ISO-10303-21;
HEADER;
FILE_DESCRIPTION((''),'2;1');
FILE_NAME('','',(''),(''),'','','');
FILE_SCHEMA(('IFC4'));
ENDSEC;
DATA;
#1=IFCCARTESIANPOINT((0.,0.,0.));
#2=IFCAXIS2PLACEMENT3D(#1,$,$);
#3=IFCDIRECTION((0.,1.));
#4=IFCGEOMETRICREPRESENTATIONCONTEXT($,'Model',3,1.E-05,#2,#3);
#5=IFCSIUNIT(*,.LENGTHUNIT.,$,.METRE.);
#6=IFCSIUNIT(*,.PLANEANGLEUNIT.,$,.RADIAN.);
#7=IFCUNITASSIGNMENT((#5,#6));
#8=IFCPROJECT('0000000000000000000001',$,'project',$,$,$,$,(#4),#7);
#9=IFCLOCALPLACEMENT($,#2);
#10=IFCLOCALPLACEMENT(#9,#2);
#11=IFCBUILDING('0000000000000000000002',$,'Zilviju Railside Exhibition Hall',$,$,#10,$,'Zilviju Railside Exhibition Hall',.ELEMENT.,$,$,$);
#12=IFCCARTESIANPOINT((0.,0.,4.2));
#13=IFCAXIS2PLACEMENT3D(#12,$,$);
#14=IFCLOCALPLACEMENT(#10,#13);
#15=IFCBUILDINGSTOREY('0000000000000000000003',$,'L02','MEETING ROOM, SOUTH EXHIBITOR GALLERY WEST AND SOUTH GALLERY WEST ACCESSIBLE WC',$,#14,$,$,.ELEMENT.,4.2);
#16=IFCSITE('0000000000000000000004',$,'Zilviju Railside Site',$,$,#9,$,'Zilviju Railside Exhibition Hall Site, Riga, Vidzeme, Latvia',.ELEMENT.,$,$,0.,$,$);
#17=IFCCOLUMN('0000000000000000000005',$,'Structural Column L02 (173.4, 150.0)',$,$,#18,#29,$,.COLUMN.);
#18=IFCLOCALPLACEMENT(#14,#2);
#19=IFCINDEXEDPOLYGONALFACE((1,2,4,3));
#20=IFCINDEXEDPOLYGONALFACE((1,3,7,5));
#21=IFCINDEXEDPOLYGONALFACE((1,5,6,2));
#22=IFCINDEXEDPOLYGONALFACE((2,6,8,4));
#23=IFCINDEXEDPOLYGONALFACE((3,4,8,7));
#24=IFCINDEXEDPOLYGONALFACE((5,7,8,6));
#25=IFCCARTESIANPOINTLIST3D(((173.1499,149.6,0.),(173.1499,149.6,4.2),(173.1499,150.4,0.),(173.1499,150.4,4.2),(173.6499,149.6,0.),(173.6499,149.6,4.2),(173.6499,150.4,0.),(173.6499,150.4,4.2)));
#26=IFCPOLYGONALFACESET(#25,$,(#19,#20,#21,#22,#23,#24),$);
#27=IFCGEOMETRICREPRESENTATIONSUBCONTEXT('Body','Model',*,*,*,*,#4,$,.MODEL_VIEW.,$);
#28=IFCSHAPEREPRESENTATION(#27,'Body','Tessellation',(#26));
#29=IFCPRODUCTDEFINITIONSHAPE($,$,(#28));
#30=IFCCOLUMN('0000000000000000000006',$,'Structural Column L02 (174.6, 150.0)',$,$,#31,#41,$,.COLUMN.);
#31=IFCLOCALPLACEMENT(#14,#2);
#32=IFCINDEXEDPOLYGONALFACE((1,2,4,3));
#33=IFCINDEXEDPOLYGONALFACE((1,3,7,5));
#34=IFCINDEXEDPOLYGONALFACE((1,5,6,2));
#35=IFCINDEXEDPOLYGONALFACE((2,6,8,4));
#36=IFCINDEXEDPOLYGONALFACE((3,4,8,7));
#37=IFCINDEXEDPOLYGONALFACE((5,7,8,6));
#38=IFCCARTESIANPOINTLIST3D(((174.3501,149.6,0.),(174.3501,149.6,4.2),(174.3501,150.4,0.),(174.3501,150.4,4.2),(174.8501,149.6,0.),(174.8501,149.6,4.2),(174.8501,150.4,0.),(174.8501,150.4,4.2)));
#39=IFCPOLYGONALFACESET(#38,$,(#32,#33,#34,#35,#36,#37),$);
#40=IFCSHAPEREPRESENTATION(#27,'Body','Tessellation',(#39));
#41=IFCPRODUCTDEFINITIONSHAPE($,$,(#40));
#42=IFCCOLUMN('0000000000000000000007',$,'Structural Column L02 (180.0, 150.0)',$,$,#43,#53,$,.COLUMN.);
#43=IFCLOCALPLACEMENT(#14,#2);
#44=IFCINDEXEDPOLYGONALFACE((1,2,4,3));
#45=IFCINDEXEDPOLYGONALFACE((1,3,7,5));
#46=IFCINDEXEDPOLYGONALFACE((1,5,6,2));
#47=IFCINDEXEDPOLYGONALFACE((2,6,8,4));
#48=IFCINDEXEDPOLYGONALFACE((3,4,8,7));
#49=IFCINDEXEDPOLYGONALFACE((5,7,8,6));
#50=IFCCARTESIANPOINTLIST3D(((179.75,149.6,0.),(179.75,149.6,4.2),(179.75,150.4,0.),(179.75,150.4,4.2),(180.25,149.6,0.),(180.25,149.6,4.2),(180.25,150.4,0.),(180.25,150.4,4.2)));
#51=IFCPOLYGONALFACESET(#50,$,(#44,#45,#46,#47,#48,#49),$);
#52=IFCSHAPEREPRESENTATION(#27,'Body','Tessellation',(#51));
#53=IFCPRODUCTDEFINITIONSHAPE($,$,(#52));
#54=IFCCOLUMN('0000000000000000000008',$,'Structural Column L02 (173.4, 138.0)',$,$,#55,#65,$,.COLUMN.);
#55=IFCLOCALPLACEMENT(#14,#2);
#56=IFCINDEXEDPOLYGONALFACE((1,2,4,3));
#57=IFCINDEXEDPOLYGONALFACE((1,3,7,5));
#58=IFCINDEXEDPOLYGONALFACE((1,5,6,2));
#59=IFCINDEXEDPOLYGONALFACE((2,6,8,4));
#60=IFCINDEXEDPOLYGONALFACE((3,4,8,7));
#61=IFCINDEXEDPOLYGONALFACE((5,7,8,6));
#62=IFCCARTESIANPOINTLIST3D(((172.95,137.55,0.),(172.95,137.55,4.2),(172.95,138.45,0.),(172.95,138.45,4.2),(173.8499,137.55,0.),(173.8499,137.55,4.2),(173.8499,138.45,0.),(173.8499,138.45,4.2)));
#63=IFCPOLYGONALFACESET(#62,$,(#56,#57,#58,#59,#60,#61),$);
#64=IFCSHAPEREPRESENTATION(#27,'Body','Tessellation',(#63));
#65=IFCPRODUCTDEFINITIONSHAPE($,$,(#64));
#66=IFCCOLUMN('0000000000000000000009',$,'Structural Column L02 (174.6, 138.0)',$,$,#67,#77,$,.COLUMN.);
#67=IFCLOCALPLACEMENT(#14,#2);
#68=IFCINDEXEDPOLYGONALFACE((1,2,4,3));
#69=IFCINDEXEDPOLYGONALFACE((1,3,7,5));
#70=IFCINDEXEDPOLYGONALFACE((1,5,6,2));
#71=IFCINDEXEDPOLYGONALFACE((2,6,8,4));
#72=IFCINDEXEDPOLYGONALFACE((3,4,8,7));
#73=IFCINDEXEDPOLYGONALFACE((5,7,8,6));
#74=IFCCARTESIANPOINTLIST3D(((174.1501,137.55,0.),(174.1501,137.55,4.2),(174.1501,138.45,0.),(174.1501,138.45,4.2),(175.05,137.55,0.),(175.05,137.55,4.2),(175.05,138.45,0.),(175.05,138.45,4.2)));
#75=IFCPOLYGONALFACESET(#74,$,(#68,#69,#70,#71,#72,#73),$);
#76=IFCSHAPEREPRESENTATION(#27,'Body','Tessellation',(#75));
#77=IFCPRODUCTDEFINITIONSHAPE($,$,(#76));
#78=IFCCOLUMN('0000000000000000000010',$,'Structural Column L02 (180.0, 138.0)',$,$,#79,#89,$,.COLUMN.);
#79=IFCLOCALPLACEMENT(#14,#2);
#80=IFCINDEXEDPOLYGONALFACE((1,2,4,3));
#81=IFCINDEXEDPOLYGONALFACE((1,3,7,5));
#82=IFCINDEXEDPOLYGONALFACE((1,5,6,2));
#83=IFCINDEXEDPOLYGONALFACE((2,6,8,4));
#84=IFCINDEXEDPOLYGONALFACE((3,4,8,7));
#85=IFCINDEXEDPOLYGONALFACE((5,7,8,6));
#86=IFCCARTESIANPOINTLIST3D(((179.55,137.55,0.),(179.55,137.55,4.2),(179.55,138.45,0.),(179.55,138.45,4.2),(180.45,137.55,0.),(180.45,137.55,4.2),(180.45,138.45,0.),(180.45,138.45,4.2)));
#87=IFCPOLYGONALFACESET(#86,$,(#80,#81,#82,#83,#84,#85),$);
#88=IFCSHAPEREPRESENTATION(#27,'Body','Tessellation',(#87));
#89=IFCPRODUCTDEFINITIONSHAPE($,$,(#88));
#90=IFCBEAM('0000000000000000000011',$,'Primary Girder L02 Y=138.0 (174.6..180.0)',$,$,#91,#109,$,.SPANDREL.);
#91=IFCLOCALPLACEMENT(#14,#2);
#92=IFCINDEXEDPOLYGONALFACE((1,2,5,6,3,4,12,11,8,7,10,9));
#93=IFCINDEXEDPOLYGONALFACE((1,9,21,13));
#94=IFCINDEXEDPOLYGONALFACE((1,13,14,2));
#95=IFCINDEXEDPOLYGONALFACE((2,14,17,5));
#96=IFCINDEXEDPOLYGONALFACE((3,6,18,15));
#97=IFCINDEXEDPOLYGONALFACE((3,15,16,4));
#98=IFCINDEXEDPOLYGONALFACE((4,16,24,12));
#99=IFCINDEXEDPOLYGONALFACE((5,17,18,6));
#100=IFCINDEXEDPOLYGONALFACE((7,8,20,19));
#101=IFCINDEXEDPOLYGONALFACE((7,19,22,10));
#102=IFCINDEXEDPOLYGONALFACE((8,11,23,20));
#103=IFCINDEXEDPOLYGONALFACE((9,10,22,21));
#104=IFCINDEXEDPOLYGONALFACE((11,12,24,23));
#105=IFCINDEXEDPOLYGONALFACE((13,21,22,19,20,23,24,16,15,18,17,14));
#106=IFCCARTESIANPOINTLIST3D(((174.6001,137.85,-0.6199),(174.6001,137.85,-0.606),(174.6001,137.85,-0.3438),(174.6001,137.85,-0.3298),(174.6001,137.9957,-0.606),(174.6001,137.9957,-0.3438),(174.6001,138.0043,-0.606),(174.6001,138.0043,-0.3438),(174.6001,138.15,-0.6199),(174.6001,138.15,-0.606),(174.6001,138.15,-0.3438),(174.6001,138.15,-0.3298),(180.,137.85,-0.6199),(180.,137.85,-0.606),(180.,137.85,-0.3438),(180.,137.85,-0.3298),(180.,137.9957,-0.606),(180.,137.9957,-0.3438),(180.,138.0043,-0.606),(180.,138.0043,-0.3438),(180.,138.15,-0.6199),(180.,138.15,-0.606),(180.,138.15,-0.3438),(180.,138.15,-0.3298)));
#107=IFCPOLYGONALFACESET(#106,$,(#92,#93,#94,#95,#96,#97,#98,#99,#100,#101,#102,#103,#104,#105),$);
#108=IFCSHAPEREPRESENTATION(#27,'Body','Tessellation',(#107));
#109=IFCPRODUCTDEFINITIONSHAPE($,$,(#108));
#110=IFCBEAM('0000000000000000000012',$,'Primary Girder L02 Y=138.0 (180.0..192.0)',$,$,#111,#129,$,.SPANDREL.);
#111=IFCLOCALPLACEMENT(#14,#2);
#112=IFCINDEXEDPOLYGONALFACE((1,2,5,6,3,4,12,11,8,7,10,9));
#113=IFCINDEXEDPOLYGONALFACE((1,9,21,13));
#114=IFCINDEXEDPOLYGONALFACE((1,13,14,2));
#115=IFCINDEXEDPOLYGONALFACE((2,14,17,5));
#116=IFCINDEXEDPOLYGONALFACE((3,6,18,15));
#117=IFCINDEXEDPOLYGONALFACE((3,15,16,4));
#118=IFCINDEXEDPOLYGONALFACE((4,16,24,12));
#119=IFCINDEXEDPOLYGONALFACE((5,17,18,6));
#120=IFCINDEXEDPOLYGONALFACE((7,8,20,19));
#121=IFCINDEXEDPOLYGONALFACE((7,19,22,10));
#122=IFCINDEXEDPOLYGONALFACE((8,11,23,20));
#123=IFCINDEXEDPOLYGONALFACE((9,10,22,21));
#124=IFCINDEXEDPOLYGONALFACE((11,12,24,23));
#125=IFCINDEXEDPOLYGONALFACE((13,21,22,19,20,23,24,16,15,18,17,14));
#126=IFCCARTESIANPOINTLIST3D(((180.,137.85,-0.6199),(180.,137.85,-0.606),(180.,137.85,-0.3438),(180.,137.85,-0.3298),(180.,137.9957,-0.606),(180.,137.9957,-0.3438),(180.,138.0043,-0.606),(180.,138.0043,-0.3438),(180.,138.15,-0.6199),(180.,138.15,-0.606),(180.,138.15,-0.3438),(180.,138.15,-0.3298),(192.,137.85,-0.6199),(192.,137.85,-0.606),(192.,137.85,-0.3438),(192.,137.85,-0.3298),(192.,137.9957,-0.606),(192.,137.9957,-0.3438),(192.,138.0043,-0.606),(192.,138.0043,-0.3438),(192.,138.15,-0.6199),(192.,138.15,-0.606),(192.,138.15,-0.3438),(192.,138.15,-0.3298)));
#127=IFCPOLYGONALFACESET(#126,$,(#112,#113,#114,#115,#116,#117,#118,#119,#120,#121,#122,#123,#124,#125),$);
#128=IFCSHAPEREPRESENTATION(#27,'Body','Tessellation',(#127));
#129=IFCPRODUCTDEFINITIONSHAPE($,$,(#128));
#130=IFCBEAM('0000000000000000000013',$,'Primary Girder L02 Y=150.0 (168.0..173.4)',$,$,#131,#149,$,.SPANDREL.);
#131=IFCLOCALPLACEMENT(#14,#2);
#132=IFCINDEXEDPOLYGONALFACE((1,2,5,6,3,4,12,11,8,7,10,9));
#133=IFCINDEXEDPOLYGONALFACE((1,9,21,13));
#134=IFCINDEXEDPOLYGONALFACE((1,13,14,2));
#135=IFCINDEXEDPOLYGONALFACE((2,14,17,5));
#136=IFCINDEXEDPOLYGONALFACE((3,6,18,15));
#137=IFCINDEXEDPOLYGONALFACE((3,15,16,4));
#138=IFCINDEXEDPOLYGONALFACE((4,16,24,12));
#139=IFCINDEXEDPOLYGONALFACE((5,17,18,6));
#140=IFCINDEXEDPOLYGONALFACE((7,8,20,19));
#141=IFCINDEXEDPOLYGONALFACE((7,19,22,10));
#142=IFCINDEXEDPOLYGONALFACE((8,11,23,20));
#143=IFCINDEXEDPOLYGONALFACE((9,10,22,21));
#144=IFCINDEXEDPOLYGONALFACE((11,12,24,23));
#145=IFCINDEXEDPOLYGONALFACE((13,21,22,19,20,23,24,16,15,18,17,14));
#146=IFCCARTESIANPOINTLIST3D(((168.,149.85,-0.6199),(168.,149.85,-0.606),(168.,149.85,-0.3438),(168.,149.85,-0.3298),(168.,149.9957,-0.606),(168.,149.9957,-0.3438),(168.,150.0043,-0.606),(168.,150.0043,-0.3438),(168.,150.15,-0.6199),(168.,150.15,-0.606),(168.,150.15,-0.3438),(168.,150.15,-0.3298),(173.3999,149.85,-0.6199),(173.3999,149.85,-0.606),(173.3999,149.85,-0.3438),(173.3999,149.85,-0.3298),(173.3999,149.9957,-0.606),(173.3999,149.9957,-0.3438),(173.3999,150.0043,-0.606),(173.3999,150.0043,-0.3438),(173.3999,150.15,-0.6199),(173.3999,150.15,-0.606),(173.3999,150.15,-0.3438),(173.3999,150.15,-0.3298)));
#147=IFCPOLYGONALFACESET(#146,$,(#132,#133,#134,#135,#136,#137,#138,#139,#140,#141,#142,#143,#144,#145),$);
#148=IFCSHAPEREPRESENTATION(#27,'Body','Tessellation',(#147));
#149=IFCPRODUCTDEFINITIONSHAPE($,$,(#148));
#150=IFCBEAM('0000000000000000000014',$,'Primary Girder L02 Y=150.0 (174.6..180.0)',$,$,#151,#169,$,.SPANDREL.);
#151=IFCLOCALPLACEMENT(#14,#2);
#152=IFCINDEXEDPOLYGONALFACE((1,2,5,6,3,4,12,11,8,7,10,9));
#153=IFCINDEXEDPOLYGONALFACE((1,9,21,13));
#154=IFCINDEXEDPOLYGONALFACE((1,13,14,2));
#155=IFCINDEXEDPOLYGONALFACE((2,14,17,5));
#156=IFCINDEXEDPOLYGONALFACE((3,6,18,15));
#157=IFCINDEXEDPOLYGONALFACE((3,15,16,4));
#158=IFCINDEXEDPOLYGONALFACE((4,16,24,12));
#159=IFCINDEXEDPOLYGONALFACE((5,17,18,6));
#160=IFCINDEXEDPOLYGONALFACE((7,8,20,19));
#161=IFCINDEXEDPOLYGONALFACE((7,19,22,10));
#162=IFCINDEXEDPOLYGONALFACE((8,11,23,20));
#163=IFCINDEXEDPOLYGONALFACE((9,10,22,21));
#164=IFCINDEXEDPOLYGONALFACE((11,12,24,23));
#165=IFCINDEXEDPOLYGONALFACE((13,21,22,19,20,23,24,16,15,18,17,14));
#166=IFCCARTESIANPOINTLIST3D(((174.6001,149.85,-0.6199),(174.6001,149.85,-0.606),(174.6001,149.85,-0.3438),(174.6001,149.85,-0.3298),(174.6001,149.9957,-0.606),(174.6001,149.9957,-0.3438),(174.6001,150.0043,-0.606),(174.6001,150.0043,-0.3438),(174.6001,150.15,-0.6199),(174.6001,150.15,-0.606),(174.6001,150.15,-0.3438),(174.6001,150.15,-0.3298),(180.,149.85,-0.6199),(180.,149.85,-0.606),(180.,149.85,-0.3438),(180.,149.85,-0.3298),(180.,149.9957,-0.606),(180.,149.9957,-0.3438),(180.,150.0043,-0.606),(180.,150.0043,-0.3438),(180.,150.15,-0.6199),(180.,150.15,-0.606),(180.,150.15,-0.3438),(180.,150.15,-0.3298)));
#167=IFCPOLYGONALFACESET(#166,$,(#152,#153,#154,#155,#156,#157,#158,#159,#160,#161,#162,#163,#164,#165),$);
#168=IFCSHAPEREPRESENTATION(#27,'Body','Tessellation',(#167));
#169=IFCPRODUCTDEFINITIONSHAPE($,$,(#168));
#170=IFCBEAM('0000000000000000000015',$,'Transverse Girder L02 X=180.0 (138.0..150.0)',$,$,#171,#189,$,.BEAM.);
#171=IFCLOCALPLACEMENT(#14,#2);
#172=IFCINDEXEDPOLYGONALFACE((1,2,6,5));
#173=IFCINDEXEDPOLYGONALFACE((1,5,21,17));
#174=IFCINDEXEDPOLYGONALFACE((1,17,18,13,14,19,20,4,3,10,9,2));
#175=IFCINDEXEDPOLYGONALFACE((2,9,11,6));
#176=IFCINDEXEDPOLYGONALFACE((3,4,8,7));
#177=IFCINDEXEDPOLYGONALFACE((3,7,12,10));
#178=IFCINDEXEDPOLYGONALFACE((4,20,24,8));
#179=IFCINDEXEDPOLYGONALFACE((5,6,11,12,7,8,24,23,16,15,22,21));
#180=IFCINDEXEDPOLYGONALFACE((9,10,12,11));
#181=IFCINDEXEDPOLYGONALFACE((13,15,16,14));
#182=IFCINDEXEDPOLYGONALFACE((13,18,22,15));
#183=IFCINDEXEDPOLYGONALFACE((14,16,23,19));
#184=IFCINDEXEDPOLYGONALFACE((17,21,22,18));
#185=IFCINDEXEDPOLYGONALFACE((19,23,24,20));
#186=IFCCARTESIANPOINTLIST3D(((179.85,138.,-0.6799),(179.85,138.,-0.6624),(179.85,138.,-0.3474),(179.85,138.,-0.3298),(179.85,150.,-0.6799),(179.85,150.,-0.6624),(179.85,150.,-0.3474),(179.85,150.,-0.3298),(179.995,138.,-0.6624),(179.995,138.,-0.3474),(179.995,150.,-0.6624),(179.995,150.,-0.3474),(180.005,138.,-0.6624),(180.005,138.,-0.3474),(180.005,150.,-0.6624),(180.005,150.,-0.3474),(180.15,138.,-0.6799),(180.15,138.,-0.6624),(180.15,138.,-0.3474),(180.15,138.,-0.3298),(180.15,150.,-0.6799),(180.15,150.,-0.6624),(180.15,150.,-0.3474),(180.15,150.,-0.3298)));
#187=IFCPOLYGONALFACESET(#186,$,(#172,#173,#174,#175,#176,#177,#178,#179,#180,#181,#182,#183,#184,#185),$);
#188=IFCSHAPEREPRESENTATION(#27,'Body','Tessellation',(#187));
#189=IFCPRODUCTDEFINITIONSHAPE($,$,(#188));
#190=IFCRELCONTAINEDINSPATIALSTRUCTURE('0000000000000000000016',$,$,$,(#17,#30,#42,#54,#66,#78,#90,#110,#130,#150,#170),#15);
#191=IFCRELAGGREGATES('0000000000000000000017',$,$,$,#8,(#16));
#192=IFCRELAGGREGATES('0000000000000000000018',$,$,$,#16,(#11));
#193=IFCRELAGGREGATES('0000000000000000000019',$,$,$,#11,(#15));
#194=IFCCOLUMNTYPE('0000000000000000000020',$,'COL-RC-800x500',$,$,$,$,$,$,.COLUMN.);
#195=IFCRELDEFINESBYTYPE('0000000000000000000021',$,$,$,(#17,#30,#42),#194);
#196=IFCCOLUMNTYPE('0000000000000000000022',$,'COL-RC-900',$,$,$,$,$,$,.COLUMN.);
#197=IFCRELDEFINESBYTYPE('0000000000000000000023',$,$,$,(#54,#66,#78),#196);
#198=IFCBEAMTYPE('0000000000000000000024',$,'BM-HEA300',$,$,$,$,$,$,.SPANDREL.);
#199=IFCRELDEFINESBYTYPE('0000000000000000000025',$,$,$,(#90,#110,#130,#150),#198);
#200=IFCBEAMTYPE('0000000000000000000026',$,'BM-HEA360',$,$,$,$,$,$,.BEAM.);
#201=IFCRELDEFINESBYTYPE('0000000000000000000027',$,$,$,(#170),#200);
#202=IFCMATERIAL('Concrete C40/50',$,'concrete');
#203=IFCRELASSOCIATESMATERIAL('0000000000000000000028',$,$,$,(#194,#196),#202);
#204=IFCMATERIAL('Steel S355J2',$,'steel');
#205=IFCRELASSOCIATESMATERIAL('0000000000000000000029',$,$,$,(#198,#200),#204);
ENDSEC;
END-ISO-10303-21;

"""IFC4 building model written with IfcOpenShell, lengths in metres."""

from ifc_helpers import new_model, si_unit, direction, frame, origin, origin_2d, place, context, subcontext, project, spatial, rectangle, i_section, extrude, material, material_profile, profile_set, type_object, element, save


model = new_model("IFC4")

# Units and contexts
model_context = context("Model", 3, precision=1e-05, world=origin(), true_north=direction((0.0, 1.0)))
body_context = subcontext(model_context, "Body", "Model", "MODEL_VIEW")
ifc_project = project(units=[si_unit("LENGTHUNIT", "METRE"), si_unit("PLANEANGLEUNIT", "RADIAN")], contexts=[model_context])

# Site, building, storey
site_placement = place(None, origin())
site = spatial("IfcSite", under=ifc_project, at=site_placement, Name="Zilviju Railside Site", LongName="Zilviju Railside Exhibition Hall Site, Riga, Vidzeme, Latvia", CompositionType="ELEMENT", RefElevation=0.0)
building_placement = place(site_placement, origin())
building = spatial("IfcBuilding", under=site, at=building_placement, Name="Zilviju Railside Exhibition Hall", LongName="Zilviju Railside Exhibition Hall", CompositionType="ELEMENT")
storey_placement = place(building_placement, frame((0.0, 0.0, 4.2)))
storey = spatial("IfcBuildingStorey", under=building, at=storey_placement, Name="L02", Description="MEETING ROOM, SOUTH EXHIBITOR GALLERY WEST AND SOUTH GALLERY WEST ACCESSIBLE WC", CompositionType="ELEMENT", Elevation=4.2)

# Columns
ifc_material_1 = material(Name="Concrete C40/50", Category="concrete")
ifc_material_profile_1 = material_profile(ifc_material_1, rectangle(XDim=0.5, YDim=0.8, at=origin_2d()), Name="RC COL 500x800")
ifc_profile_set_1 = profile_set([ifc_material_profile_1], Name="Concrete C40/50")
column_type_1 = type_object("IfcColumnType", Name="COL-RC-800x500", PredefinedType="COLUMN", material=ifc_profile_set_1)
for number, where, z_axis, x_axis, name in (
    (1, (173.3999, 150.0, 0.0), (0.0, 0.0, 1.0), (1.0, 0.0, 0.0), "Structural Column L02 (173.4, 150.0)"),
    (2, (174.6001, 150.0, 0.0), (0.0, 0.0, 1.0), (1.0, 0.0, 0.0), "Structural Column L02 (174.6, 150.0)"),
    (3, (180.0, 150.0, 0.0), (0.0, 0.0, 1.0), (1.0, 0.0, 0.0), "Structural Column L02 (180.0, 150.0)"),
):
    element("IfcColumn", number, at=place(storey_placement, frame(where, z_axis=z_axis, x_axis=x_axis)), inside=storey, type_object=column_type_1, Name=name, PredefinedType="COLUMN", context=body_context, shape_type="SweptSolid", body=[
        extrude(rectangle(XDim=0.5, YDim=0.8, at=origin_2d()), origin(), (0.0, 0.0, 1.0), 4.2),
    ])
ifc_material_profile_2 = material_profile(ifc_material_1, rectangle(XDim=0.8999, YDim=0.8999, at=origin_2d()), Name="RC COL 900x900")
ifc_profile_set_2 = profile_set([ifc_material_profile_2], Name="Concrete C40/50")
column_type_2 = type_object("IfcColumnType", Name="COL-RC-900", PredefinedType="COLUMN", material=ifc_profile_set_2)
for number, where, z_axis, x_axis, name in (
    (4, (173.3999, 138.0, 0.0), (0.0, 0.0, 1.0), (1.0, 0.0, 0.0), "Structural Column L02 (173.4, 138.0)"),
    (5, (174.6001, 138.0, 0.0), (0.0, 0.0, 1.0), (1.0, 0.0, 0.0), "Structural Column L02 (174.6, 138.0)"),
    (6, (180.0, 138.0, 0.0), (0.0, 0.0, 1.0), (1.0, 0.0, 0.0), "Structural Column L02 (180.0, 138.0)"),
):
    element("IfcColumn", number, at=place(storey_placement, frame(where, z_axis=z_axis, x_axis=x_axis)), inside=storey, type_object=column_type_2, Name=name, PredefinedType="COLUMN", context=body_context, shape_type="SweptSolid", body=[
        extrude(rectangle(XDim=0.8999, YDim=0.8999, at=origin_2d()), origin(), (0.0, 0.0, 1.0), 4.2),
    ])

# Beams
ifc_material_2 = material(Name="Steel S355J2", Category="steel")
ifc_material_profile_3 = material_profile(ifc_material_2, i_section(OverallWidth=0.3, OverallDepth=0.29, WebThickness=0.0085, FlangeThickness=0.0139, at=origin_2d()), Name="HEA 300")
ifc_profile_set_3 = profile_set([ifc_material_profile_3], Name="Steel S355J2")
beam_type_1 = type_object("IfcBeamType", Name="BM-HEA300", PredefinedType="SPANDREL", material=ifc_profile_set_3)
beam_1_placement = place(storey_placement, frame((174.6001, 138.0, -0.4749), z_axis=(1.0, 0.0, 0.0), x_axis=(0.0, 1.0, 0.0)))
element("IfcBeam", 7, at=beam_1_placement, inside=storey, type_object=beam_type_1, Name="Primary Girder L02 Y=138.0 (174.6..180.0)", PredefinedType="SPANDREL", context=body_context, shape_type="SweptSolid", body=[
    extrude(i_section(OverallWidth=0.3, OverallDepth=0.29, WebThickness=0.0085, FlangeThickness=0.0139, at=origin_2d()), origin(), (0.0, 0.0, 1.0), 5.3999),
])
beam_2_placement = place(storey_placement, frame((180.0, 138.0, -0.4749), z_axis=(1.0, 0.0, 0.0), x_axis=(0.0, 1.0, 0.0)))
element("IfcBeam", 8, at=beam_2_placement, inside=storey, type_object=beam_type_1, Name="Primary Girder L02 Y=138.0 (180.0..192.0)", PredefinedType="SPANDREL", context=body_context, shape_type="SweptSolid", body=[
    extrude(i_section(OverallWidth=0.3, OverallDepth=0.29, WebThickness=0.0085, FlangeThickness=0.0139, at=origin_2d()), origin(), (0.0, 0.0, 1.0), 12.0),
])
for number, where, z_axis, x_axis, name in (
    (9, (168.0, 150.0, -0.4749), (1.0, 0.0, 0.0), (0.0, 1.0, 0.0), "Primary Girder L02 Y=150.0 (168.0..173.4)"),
    (10, (174.6001, 150.0, -0.4749), (1.0, 0.0, 0.0), (0.0, 1.0, 0.0), "Primary Girder L02 Y=150.0 (174.6..180.0)"),
):
    element("IfcBeam", number, at=place(storey_placement, frame(where, z_axis=z_axis, x_axis=x_axis)), inside=storey, type_object=beam_type_1, Name=name, PredefinedType="SPANDREL", context=body_context, shape_type="SweptSolid", body=[
        extrude(i_section(OverallWidth=0.3, OverallDepth=0.29, WebThickness=0.0085, FlangeThickness=0.0139, at=origin_2d()), origin(), (0.0, 0.0, 1.0), 5.3999),
    ])
ifc_material_profile_4 = material_profile(ifc_material_2, i_section(OverallWidth=0.3, OverallDepth=0.3501, WebThickness=0.01, FlangeThickness=0.0176, at=origin_2d()), Name="HEA 360")
ifc_profile_set_4 = profile_set([ifc_material_profile_4], Name="Steel S355J2")
beam_type_2 = type_object("IfcBeamType", Name="BM-HEA360", PredefinedType="BEAM", material=ifc_profile_set_4)
beam_3_placement = place(storey_placement, frame((180.0, 138.0, -0.5049), z_axis=(0.0, 1.0, 0.0), x_axis=(-1.0, 0.0, 0.0)))
element("IfcBeam", 11, at=beam_3_placement, inside=storey, type_object=beam_type_2, Name="Transverse Girder L02 X=180.0 (138.0..150.0)", PredefinedType="BEAM", context=body_context, shape_type="SweptSolid", body=[
    extrude(i_section(OverallWidth=0.3, OverallDepth=0.3501, WebThickness=0.01, FlangeThickness=0.0176, at=origin_2d()), origin(), (0.0, 0.0, 1.0), 12.0),
])

save(model, "model.ifc")
